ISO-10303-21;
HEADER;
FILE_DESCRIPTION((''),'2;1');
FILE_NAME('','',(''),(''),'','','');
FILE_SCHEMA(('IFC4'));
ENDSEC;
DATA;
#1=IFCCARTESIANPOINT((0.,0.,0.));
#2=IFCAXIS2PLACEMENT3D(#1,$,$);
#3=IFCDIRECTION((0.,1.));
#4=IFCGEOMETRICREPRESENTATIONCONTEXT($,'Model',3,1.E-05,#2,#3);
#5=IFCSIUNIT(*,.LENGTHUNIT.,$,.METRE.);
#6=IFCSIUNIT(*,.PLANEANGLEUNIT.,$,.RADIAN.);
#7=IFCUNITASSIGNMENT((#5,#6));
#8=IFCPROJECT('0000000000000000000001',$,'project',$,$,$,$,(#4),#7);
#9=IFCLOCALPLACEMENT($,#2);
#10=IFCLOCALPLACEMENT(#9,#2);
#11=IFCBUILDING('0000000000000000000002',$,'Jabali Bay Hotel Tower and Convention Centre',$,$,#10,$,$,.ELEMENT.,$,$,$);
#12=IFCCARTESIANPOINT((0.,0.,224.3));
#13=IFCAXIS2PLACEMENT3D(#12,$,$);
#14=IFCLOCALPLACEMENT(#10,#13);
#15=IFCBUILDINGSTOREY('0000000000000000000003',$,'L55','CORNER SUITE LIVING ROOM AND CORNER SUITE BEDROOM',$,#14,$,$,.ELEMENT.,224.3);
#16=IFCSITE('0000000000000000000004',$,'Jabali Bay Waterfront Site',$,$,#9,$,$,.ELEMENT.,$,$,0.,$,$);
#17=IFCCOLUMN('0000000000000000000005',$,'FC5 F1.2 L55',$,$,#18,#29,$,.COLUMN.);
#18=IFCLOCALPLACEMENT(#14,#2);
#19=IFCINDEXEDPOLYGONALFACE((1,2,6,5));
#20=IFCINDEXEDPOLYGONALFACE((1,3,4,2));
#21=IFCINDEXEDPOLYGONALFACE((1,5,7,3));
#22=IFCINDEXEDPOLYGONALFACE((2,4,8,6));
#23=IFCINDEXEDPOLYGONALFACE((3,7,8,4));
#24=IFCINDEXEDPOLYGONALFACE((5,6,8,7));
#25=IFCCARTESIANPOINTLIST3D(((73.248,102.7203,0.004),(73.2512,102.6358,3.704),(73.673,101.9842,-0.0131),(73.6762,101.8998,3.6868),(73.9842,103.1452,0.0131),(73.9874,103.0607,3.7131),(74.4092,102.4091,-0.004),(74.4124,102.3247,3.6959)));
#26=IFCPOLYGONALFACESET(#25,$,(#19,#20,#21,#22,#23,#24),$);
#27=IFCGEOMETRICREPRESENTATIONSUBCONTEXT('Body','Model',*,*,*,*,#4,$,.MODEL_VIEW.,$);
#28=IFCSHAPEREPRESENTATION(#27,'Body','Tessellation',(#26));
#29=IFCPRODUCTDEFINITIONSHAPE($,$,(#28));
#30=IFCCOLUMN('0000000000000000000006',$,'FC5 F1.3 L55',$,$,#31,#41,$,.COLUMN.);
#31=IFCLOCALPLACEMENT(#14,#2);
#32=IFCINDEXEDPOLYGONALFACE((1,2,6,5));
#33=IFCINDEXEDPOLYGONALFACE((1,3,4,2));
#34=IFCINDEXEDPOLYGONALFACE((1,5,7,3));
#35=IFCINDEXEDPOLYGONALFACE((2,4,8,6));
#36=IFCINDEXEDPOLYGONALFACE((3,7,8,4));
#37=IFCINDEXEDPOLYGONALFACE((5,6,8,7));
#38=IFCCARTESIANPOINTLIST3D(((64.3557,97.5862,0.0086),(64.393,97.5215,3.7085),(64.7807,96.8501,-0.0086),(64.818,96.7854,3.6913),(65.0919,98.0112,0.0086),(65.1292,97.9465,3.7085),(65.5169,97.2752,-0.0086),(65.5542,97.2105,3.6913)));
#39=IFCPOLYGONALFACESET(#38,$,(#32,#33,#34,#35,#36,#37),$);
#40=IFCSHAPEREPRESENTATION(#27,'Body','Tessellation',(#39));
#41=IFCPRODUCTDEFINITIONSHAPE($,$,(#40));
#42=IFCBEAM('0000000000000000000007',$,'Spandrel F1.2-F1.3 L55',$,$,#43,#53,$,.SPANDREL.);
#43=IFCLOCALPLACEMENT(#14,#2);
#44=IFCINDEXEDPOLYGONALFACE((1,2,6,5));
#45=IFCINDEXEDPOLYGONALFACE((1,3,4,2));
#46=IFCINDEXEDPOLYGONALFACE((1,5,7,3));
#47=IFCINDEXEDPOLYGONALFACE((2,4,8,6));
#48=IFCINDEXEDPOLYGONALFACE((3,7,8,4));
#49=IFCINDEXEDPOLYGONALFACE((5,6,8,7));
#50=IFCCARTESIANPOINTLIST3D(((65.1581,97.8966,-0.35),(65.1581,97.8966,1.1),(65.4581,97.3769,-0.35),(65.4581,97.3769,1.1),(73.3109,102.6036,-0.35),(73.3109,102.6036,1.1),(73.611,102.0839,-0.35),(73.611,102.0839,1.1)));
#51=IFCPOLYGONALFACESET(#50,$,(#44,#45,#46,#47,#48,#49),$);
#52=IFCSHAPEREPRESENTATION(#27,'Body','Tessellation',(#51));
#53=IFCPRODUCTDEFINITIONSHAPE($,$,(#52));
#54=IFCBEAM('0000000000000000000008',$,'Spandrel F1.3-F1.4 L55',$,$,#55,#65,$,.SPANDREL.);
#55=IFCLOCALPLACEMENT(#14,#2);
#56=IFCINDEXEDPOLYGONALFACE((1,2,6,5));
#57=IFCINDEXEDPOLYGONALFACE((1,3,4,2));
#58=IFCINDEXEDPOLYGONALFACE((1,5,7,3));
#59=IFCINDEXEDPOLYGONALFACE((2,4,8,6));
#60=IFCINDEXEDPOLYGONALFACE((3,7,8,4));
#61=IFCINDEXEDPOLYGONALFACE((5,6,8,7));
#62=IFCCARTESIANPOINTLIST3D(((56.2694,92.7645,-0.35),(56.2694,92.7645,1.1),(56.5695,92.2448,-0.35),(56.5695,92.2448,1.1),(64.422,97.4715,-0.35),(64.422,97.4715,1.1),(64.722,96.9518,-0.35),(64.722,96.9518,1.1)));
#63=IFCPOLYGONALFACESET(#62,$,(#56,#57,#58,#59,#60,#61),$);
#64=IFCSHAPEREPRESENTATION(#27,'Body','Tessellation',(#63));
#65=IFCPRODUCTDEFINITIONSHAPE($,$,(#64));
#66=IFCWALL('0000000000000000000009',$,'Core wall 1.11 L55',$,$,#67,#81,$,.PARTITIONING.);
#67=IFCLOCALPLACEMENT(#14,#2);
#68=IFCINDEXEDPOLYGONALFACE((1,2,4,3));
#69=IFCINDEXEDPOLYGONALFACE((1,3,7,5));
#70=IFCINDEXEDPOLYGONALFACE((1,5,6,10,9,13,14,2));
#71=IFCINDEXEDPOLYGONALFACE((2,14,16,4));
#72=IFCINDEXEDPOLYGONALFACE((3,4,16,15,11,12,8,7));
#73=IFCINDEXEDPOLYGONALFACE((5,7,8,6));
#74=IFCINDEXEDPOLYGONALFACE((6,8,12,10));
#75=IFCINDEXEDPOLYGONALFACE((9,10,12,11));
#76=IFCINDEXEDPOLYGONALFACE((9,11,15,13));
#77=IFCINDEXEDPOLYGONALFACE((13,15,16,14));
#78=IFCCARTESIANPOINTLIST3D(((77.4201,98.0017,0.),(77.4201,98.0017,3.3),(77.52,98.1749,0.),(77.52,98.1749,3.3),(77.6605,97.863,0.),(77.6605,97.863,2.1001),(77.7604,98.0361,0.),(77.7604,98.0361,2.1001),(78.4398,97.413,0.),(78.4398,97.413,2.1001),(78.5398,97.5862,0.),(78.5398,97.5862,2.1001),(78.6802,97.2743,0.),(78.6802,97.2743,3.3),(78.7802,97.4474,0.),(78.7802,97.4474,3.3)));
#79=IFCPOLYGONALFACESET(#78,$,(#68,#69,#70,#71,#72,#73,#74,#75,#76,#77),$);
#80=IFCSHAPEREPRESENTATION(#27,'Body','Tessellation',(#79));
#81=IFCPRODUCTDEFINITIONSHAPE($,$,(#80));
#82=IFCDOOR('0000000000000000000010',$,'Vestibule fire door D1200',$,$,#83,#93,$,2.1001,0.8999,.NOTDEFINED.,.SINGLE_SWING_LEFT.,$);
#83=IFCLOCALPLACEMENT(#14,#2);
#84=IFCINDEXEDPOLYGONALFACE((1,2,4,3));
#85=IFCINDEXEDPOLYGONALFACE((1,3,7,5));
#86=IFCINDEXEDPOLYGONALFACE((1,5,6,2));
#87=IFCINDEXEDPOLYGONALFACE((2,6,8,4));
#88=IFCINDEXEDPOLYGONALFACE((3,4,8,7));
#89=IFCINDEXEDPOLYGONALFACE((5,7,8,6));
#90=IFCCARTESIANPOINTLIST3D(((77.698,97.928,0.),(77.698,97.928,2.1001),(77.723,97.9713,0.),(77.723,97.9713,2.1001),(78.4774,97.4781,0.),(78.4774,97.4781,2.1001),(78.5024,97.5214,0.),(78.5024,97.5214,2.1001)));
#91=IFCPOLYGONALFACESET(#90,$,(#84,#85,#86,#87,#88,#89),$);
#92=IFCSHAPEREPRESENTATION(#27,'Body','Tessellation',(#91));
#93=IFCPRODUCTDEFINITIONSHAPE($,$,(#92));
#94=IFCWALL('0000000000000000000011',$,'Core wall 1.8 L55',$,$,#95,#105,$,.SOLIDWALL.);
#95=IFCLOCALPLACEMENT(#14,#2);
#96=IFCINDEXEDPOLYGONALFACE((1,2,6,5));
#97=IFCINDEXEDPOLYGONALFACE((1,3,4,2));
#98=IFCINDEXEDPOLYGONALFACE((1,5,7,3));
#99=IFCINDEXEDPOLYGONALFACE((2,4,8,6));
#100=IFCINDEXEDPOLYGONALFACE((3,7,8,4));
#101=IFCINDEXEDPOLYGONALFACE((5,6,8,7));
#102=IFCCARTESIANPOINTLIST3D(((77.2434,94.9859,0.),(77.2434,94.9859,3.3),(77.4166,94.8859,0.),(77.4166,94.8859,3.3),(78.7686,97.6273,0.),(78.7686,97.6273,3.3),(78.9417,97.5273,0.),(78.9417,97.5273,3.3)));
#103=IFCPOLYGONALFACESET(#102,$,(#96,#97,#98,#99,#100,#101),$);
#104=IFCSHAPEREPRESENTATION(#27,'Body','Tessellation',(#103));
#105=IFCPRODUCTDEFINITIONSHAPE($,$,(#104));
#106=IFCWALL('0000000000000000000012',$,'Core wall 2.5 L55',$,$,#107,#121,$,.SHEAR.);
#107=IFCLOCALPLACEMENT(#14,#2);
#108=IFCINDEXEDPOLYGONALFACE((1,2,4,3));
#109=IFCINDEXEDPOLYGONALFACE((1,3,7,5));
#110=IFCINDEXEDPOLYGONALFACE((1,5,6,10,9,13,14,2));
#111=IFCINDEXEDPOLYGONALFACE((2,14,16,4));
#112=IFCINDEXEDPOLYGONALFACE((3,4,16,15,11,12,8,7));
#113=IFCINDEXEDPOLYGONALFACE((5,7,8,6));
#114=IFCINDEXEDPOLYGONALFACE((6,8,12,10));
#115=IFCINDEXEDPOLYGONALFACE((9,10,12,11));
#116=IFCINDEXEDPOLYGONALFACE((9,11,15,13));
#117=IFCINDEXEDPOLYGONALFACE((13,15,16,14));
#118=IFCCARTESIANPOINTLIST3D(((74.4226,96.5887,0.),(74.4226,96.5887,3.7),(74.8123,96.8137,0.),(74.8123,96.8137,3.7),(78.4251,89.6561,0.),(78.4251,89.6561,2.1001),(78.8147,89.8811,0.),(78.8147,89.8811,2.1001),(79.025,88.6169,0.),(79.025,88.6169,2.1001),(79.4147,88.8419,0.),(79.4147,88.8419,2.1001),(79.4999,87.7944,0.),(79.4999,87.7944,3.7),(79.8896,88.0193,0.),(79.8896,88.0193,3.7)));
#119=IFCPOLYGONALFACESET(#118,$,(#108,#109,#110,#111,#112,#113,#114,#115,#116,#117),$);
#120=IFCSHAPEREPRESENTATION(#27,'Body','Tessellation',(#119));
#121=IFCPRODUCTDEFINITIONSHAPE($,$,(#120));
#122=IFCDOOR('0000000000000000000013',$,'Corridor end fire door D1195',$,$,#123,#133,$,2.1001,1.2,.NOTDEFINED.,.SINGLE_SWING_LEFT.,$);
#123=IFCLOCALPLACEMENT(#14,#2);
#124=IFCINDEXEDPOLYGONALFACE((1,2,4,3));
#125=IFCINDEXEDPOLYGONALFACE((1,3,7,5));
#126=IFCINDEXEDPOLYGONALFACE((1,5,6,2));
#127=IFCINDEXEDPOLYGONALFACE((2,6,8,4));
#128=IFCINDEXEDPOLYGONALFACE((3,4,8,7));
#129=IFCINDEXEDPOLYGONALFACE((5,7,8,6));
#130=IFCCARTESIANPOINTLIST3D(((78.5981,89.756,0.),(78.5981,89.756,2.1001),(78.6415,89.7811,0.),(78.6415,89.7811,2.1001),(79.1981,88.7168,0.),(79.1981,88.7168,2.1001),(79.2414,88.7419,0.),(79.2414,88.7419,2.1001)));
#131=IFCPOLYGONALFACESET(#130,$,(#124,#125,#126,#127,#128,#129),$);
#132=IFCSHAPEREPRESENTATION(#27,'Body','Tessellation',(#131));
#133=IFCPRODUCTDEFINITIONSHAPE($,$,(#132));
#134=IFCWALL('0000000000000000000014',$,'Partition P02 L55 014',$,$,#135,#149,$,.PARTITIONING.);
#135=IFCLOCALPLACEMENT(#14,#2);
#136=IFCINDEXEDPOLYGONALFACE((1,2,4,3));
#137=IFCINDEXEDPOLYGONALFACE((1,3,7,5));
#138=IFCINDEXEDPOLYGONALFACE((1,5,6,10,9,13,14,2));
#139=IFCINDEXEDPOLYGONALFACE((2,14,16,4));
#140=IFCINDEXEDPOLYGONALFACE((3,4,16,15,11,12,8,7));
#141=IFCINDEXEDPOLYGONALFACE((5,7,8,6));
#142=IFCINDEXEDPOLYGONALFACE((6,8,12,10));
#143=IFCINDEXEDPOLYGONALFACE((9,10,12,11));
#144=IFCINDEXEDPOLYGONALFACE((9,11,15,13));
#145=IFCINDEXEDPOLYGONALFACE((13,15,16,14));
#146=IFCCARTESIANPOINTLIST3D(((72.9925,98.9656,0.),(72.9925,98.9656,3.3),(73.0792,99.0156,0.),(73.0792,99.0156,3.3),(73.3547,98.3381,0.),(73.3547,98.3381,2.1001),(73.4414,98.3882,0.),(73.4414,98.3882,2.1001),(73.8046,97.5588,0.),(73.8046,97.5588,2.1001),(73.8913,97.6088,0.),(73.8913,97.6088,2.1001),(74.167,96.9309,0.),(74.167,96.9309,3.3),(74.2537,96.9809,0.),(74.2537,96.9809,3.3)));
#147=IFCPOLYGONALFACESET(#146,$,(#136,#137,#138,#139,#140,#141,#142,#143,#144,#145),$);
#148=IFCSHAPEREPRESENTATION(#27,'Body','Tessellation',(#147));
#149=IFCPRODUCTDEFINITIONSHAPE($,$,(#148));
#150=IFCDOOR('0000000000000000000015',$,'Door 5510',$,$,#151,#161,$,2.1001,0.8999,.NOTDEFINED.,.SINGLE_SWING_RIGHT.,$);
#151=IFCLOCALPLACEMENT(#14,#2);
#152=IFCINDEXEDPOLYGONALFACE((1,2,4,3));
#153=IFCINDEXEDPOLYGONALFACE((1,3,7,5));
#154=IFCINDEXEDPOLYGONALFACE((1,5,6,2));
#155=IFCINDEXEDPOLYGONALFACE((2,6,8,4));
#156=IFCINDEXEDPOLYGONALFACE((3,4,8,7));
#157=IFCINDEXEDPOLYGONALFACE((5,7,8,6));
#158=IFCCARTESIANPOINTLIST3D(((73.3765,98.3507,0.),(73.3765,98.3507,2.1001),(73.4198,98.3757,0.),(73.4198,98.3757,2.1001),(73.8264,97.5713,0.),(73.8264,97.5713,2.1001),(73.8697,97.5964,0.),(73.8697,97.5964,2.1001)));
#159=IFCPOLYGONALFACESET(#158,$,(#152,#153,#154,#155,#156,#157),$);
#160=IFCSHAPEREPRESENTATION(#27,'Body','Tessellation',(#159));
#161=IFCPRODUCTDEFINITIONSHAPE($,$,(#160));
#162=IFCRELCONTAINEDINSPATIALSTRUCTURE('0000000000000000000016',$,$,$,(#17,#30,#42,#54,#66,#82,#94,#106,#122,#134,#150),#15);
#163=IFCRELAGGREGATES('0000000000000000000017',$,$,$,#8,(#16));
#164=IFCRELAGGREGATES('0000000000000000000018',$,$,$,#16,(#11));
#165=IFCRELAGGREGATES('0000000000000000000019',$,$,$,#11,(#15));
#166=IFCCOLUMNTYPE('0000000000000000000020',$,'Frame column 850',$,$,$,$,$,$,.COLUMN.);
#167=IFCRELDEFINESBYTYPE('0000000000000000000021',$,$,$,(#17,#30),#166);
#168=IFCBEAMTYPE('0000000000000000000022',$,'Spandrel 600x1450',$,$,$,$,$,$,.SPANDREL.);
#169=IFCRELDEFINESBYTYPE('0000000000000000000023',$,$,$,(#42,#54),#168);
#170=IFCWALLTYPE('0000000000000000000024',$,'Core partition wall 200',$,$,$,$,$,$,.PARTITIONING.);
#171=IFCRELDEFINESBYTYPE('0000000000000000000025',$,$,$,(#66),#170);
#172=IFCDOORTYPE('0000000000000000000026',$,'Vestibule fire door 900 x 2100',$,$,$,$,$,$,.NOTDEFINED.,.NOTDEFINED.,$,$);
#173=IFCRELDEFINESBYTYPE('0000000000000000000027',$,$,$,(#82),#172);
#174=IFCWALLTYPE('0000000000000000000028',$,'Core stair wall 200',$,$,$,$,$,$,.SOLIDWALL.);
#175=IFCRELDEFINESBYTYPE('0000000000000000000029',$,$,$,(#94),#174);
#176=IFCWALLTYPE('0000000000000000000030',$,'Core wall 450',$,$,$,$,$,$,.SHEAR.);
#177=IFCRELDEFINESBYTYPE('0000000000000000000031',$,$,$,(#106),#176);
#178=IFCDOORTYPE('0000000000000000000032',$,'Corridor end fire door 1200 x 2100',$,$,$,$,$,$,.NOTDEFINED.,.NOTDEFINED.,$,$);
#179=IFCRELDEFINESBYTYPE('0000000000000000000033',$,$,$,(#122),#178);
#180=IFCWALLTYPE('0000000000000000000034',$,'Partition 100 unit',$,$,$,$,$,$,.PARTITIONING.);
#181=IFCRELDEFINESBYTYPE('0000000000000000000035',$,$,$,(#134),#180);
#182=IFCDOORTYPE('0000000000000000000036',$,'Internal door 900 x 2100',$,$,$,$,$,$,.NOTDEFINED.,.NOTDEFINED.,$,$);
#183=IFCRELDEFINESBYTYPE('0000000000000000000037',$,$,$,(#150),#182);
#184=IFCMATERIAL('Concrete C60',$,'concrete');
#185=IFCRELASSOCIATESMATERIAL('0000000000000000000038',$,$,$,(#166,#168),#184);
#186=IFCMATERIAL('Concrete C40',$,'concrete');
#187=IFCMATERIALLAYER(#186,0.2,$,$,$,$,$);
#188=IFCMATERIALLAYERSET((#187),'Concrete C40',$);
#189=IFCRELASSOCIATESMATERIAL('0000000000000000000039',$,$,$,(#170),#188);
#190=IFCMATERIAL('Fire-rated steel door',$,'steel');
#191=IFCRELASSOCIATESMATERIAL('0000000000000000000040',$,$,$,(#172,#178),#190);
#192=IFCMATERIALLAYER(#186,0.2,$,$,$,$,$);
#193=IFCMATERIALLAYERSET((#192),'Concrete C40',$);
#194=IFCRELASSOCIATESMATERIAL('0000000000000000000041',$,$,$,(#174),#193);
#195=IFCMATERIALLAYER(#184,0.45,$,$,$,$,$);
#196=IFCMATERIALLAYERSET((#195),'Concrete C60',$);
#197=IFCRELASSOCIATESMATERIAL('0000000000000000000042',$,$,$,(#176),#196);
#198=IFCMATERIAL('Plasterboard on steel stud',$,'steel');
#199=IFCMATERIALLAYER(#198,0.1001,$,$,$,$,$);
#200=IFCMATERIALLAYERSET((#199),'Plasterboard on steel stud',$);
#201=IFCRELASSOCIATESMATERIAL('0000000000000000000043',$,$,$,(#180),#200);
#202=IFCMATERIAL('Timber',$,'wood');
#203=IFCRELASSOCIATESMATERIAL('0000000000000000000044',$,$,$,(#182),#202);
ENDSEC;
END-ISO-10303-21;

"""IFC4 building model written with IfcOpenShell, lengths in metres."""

from ifc_helpers import new_model, si_unit, direction, frame, frame_2d, origin, origin_2d, place, context, subcontext, project, spatial, rectangle, extrude, material, layer, layer_set, material_profile, profile_set, type_object, element, fill, save


model = new_model("IFC4")

# Units and contexts
model_context = context("Model", 3, precision=1e-05, world=origin(), true_north=direction((0.0, 1.0)))
body_context = subcontext(model_context, "Body", "Model", "MODEL_VIEW")
ifc_project = project(units=[si_unit("LENGTHUNIT", "METRE"), si_unit("PLANEANGLEUNIT", "RADIAN")], contexts=[model_context])

# Site, building, storey
site_placement = place(None, origin())
site = spatial("IfcSite", under=ifc_project, at=site_placement, Name="Jabali Bay Waterfront Site", CompositionType="ELEMENT", RefElevation=0.0)
building_placement = place(site_placement, origin())
building = spatial("IfcBuilding", under=site, at=building_placement, Name="Jabali Bay Hotel Tower and Convention Centre", CompositionType="ELEMENT")
storey_placement = place(building_placement, frame((0.0, 0.0, 224.3)))
storey = spatial("IfcBuildingStorey", under=building, at=storey_placement, Name="L55", Description="CORNER SUITE LIVING ROOM AND CORNER SUITE BEDROOM", CompositionType="ELEMENT", Elevation=224.3)

# Columns
ifc_material_1 = material(Name="Concrete C60", Category="concrete")
ifc_material_profile_1 = material_profile(ifc_material_1, rectangle(XDim=0.8501, YDim=0.8501, at=origin_2d()), Name="Frame column 850")
ifc_profile_set_1 = profile_set([ifc_material_profile_1], Name="Concrete C60")
column_type = type_object("IfcColumnType", Name="Frame column 850", PredefinedType="COLUMN", material=ifc_profile_set_1)
column_1_placement = place(storey_placement, frame((73.8286, 102.5647, 0.0), z_axis=(0.000858, -0.022825, 0.999739), x_axis=(0.86606, 0.499826, 0.010668)))
element("IfcColumn", 1, at=column_1_placement, inside=storey, type_object=column_type, Name="FC5 F1.2 L55", PredefinedType="COLUMN", context=body_context, shape_type="SweptSolid", body=[
    extrude(rectangle(XDim=0.8501, YDim=0.8501, at=origin_2d()), origin(), (0.0, 0.0, 1.0), 3.7009),
])
column_2_placement = place(storey_placement, frame((64.9363, 97.4307, 0.0), z_axis=(0.010094, -0.017482, 0.999796), x_axis=(0.866017, 0.500015, 0.0)))
element("IfcColumn", 2, at=column_2_placement, inside=storey, type_object=column_type, Name="FC5 F1.3 L55", PredefinedType="COLUMN", context=body_context, shape_type="SweptSolid", body=[
    extrude(rectangle(XDim=0.8501, YDim=0.8501, at=origin_2d()), origin(), (0.0, 0.0, 1.0), 3.7007),
])

# Beams
ifc_material_profile_2 = material_profile(ifc_material_1, rectangle(XDim=0.6001, YDim=1.45, at=origin_2d()), Name="Spandrel 600x1450")
ifc_profile_set_2 = profile_set([ifc_material_profile_2], Name="Concrete C60")
beam_type = type_object("IfcBeamType", Name="Spandrel 600x1450", PredefinedType="SPANDREL", material=ifc_profile_set_2)
beam_1_placement = place(storey_placement, frame((73.4609, 102.3438, 0.375), z_axis=(-0.866026, -0.499999, 0.0), x_axis=(0.499999, -0.866026, 0.0)))
element("IfcBeam", 3, at=beam_1_placement, inside=storey, type_object=beam_type, Name="Spandrel F1.2-F1.3 L55", PredefinedType="SPANDREL", context=body_context, shape_type="SweptSolid", body=[
    extrude(rectangle(XDim=0.6001, YDim=1.45, at=origin_2d()), origin(), (0.0, 0.0, 1.0), 9.4141),
])
beam_2_placement = place(storey_placement, frame((64.572, 97.2117, 0.375), z_axis=(-0.866019, -0.500011, 0.0), x_axis=(0.500011, -0.866019, 0.0)))
element("IfcBeam", 4, at=beam_2_placement, inside=storey, type_object=beam_type, Name="Spandrel F1.3-F1.4 L55", PredefinedType="SPANDREL", context=body_context, shape_type="SweptSolid", body=[
    extrude(rectangle(XDim=0.6001, YDim=1.45, at=origin_2d()), origin(), (0.0, 0.0, 1.0), 9.4138),
])

# Wall, opening, door
ifc_material_2 = material(Name="Concrete C40", Category="concrete")
ifc_layer_1 = layer(ifc_material_2, 0.2)
ifc_layer_set_1 = layer_set([ifc_layer_1], Name="Concrete C40")
wall_type_1 = type_object("IfcWallType", Name="Core partition wall 200", PredefinedType="PARTITIONING", material=ifc_layer_set_1)
wall_1_placement = place(storey_placement, frame((78.7302, 97.3608, 0.0), z_axis=(0.0, 0.0, 1.0), x_axis=(-0.866046, 0.499965, 0.0)))
wall_1 = element("IfcWall", 5, at=wall_1_placement, inside=storey, type_object=wall_type_1, Name="Core wall 1.11 L55", PredefinedType="PARTITIONING", context=body_context, shape_type="SweptSolid", body=[
    extrude(rectangle(XDim=1.4551, YDim=0.2, at=frame_2d((0.7275, 0.0))), origin(), (0.0, 0.0, 1.0), 3.3),
])
opening_1_placement = place(wall_1_placement, frame((0.2776, 0.0, 0.0)))
opening_1 = element("IfcOpeningElement", 6, at=opening_1_placement, cuts=wall_1, PredefinedType="OPENING", context=body_context, shape_type="SweptSolid", body=[
    extrude(rectangle(XDim=0.8999, YDim=2.1001, at=frame_2d((0.45, 1.05))), frame((0.0, 0.1104, 0.0), z_axis=(0.0, -1.0, 0.0), x_axis=(1.0, 0.0, 0.0)), (0.0, 0.0, 1.0), 0.2209),
])
ifc_material_3 = material(Name="Fire-rated steel door", Category="steel")
door_type_1 = type_object("IfcDoorType", Name="Vestibule fire door 900 x 2100", OperationType="NOTDEFINED", PredefinedType="NOTDEFINED", material=ifc_material_3)
door_1_placement = place(opening_1_placement, origin())
door_1 = element("IfcDoor", 7, at=door_1_placement, inside=storey, type_object=door_type_1, Name="Vestibule fire door D1200", OperationType="SINGLE_SWING_LEFT", OverallHeight=2.1001, OverallWidth=0.8999, PredefinedType="NOTDEFINED", context=body_context, shape_type="SweptSolid", body=[
    extrude(rectangle(XDim=0.8999, YDim=2.1001, at=frame_2d((0.45, 1.05))), frame((0.0, 0.0249, 0.0), z_axis=(0.0, -1.0, 0.0), x_axis=(1.0, 0.0, 0.0)), (0.0, 0.0, 1.0), 0.05),
])
fill(opening_1, door_1)

# Wall
ifc_layer_2 = layer(ifc_material_2, 0.2)
ifc_layer_set_2 = layer_set([ifc_layer_2], Name="Concrete C40")
wall_type_2 = type_object("IfcWallType", Name="Core stair wall 200", PredefinedType="SOLIDWALL", material=ifc_layer_set_2)
wall_2_placement = place(storey_placement, frame((77.3301, 94.936, 0.0), z_axis=(0.0, 0.0, 1.0), x_axis=(0.500039, 0.866003, 0.0)))
element("IfcWall", 8, at=wall_2_placement, inside=storey, type_object=wall_type_2, Name="Core wall 1.8 L55", PredefinedType="SOLIDWALL", context=body_context, shape_type="SweptSolid", body=[
    extrude(rectangle(XDim=3.05, YDim=0.2, at=frame_2d((1.5249, 0.0))), origin(), (0.0, 0.0, 1.0), 3.3),
])

# Walls, openings, doors
ifc_layer_3 = layer(ifc_material_1, 0.45)
ifc_layer_set_3 = layer_set([ifc_layer_3], Name="Concrete C60")
wall_type_3 = type_object("IfcWallType", Name="Core wall 450", PredefinedType="SHEAR", material=ifc_layer_set_3)
wall_3_placement = place(storey_placement, frame((74.6174, 96.7012, 0.0), z_axis=(0.0, 0.0, 1.0), x_axis=(0.499994, -0.866029, 0.0)))
wall_3 = element("IfcWall", 9, at=wall_3_placement, inside=storey, type_object=wall_type_3, Name="Core wall 2.5 L55", PredefinedType="SHEAR", context=body_context, shape_type="SweptSolid", body=[
    extrude(rectangle(XDim=10.1548, YDim=0.45, at=frame_2d((5.0774, 0.0))), origin(), (0.0, 0.0, 1.0), 3.7),
])
opening_2_placement = place(wall_3_placement, frame((8.0049, 0.0, 0.0)))
opening_2 = element("IfcOpeningElement", 10, at=opening_2_placement, cuts=wall_3, PredefinedType="OPENING", context=body_context, shape_type="SweptSolid", body=[
    extrude(rectangle(XDim=1.2, YDim=2.1001, at=frame_2d((0.6001, 1.05))), frame((0.0, 0.2354, 0.0), z_axis=(0.0, -1.0, 0.0), x_axis=(1.0, 0.0, 0.0)), (0.0, 0.0, 1.0), 0.4709),
])
door_type_2 = type_object("IfcDoorType", Name="Corridor end fire door 1200 x 2100", OperationType="NOTDEFINED", PredefinedType="NOTDEFINED", material=ifc_material_3)
door_2_placement = place(opening_2_placement, origin())
door_2 = element("IfcDoor", 11, at=door_2_placement, inside=storey, type_object=door_type_2, Name="Corridor end fire door D1195", OperationType="SINGLE_SWING_LEFT", OverallHeight=2.1001, OverallWidth=1.2, PredefinedType="NOTDEFINED", context=body_context, shape_type="SweptSolid", body=[
    extrude(rectangle(XDim=1.2, YDim=2.1001, at=frame_2d((0.6001, 1.05))), frame((0.0, 0.0249, 0.0), z_axis=(0.0, -1.0, 0.0), x_axis=(1.0, 0.0, 0.0)), (0.0, 0.0, 1.0), 0.05),
])
fill(opening_2, door_2)
ifc_material_4 = material(Name="Plasterboard on steel stud", Category="steel")
ifc_layer_4 = layer(ifc_material_4, 0.1001)
ifc_layer_set_4 = layer_set([ifc_layer_4], Name="Plasterboard on steel stud")
wall_type_4 = type_object("IfcWallType", Name="Partition 100 unit", PredefinedType="PARTITIONING", material=ifc_layer_set_4)
wall_4_placement = place(storey_placement, frame((74.2104, 96.9558, 0.0), z_axis=(0.0, 0.0, 1.0), x_axis=(-0.49995, 0.866054, 0.0)))
wall_4 = element("IfcWall", 12, at=wall_4_placement, inside=storey, type_object=wall_type_4, Name="Partition P02 L55 014", PredefinedType="PARTITIONING", context=body_context, shape_type="SweptSolid", body=[
    extrude(rectangle(XDim=2.3494, YDim=0.1001, at=frame_2d((1.1748, 0.0))), origin(), (0.0, 0.0, 1.0), 3.3),
])
opening_3_placement = place(wall_4_placement, frame((0.7251, 0.0, 0.0)))
opening_3 = element("IfcOpeningElement", 13, at=opening_3_placement, cuts=wall_4, PredefinedType="OPENING", context=body_context, shape_type="SweptSolid", body=[
    extrude(rectangle(XDim=0.8999, YDim=2.1001, at=frame_2d((0.45, 1.05))), frame((0.0, 0.0605, 0.0), z_axis=(0.0, -1.0, 0.0), x_axis=(1.0, 0.0, 0.0)), (0.0, 0.0, 1.0), 0.1211),
])
ifc_material_5 = material(Name="Timber", Category="wood")
door_type_3 = type_object("IfcDoorType", Name="Internal door 900 x 2100", OperationType="NOTDEFINED", PredefinedType="NOTDEFINED", material=ifc_material_5)
door_3_placement = place(opening_3_placement, origin())
door_3 = element("IfcDoor", 14, at=door_3_placement, inside=storey, type_object=door_type_3, Name="Door 5510", OperationType="SINGLE_SWING_RIGHT", OverallHeight=2.1001, OverallWidth=0.8999, PredefinedType="NOTDEFINED", context=body_context, shape_type="SweptSolid", body=[
    extrude(rectangle(XDim=0.8999, YDim=2.1001, at=frame_2d((0.45, 1.05))), frame((0.0, 0.0249, 0.0), z_axis=(0.0, -1.0, 0.0), x_axis=(1.0, 0.0, 0.0)), (0.0, 0.0, 1.0), 0.05),
])
fill(opening_3, door_3)

save(model, "model.ifc")
